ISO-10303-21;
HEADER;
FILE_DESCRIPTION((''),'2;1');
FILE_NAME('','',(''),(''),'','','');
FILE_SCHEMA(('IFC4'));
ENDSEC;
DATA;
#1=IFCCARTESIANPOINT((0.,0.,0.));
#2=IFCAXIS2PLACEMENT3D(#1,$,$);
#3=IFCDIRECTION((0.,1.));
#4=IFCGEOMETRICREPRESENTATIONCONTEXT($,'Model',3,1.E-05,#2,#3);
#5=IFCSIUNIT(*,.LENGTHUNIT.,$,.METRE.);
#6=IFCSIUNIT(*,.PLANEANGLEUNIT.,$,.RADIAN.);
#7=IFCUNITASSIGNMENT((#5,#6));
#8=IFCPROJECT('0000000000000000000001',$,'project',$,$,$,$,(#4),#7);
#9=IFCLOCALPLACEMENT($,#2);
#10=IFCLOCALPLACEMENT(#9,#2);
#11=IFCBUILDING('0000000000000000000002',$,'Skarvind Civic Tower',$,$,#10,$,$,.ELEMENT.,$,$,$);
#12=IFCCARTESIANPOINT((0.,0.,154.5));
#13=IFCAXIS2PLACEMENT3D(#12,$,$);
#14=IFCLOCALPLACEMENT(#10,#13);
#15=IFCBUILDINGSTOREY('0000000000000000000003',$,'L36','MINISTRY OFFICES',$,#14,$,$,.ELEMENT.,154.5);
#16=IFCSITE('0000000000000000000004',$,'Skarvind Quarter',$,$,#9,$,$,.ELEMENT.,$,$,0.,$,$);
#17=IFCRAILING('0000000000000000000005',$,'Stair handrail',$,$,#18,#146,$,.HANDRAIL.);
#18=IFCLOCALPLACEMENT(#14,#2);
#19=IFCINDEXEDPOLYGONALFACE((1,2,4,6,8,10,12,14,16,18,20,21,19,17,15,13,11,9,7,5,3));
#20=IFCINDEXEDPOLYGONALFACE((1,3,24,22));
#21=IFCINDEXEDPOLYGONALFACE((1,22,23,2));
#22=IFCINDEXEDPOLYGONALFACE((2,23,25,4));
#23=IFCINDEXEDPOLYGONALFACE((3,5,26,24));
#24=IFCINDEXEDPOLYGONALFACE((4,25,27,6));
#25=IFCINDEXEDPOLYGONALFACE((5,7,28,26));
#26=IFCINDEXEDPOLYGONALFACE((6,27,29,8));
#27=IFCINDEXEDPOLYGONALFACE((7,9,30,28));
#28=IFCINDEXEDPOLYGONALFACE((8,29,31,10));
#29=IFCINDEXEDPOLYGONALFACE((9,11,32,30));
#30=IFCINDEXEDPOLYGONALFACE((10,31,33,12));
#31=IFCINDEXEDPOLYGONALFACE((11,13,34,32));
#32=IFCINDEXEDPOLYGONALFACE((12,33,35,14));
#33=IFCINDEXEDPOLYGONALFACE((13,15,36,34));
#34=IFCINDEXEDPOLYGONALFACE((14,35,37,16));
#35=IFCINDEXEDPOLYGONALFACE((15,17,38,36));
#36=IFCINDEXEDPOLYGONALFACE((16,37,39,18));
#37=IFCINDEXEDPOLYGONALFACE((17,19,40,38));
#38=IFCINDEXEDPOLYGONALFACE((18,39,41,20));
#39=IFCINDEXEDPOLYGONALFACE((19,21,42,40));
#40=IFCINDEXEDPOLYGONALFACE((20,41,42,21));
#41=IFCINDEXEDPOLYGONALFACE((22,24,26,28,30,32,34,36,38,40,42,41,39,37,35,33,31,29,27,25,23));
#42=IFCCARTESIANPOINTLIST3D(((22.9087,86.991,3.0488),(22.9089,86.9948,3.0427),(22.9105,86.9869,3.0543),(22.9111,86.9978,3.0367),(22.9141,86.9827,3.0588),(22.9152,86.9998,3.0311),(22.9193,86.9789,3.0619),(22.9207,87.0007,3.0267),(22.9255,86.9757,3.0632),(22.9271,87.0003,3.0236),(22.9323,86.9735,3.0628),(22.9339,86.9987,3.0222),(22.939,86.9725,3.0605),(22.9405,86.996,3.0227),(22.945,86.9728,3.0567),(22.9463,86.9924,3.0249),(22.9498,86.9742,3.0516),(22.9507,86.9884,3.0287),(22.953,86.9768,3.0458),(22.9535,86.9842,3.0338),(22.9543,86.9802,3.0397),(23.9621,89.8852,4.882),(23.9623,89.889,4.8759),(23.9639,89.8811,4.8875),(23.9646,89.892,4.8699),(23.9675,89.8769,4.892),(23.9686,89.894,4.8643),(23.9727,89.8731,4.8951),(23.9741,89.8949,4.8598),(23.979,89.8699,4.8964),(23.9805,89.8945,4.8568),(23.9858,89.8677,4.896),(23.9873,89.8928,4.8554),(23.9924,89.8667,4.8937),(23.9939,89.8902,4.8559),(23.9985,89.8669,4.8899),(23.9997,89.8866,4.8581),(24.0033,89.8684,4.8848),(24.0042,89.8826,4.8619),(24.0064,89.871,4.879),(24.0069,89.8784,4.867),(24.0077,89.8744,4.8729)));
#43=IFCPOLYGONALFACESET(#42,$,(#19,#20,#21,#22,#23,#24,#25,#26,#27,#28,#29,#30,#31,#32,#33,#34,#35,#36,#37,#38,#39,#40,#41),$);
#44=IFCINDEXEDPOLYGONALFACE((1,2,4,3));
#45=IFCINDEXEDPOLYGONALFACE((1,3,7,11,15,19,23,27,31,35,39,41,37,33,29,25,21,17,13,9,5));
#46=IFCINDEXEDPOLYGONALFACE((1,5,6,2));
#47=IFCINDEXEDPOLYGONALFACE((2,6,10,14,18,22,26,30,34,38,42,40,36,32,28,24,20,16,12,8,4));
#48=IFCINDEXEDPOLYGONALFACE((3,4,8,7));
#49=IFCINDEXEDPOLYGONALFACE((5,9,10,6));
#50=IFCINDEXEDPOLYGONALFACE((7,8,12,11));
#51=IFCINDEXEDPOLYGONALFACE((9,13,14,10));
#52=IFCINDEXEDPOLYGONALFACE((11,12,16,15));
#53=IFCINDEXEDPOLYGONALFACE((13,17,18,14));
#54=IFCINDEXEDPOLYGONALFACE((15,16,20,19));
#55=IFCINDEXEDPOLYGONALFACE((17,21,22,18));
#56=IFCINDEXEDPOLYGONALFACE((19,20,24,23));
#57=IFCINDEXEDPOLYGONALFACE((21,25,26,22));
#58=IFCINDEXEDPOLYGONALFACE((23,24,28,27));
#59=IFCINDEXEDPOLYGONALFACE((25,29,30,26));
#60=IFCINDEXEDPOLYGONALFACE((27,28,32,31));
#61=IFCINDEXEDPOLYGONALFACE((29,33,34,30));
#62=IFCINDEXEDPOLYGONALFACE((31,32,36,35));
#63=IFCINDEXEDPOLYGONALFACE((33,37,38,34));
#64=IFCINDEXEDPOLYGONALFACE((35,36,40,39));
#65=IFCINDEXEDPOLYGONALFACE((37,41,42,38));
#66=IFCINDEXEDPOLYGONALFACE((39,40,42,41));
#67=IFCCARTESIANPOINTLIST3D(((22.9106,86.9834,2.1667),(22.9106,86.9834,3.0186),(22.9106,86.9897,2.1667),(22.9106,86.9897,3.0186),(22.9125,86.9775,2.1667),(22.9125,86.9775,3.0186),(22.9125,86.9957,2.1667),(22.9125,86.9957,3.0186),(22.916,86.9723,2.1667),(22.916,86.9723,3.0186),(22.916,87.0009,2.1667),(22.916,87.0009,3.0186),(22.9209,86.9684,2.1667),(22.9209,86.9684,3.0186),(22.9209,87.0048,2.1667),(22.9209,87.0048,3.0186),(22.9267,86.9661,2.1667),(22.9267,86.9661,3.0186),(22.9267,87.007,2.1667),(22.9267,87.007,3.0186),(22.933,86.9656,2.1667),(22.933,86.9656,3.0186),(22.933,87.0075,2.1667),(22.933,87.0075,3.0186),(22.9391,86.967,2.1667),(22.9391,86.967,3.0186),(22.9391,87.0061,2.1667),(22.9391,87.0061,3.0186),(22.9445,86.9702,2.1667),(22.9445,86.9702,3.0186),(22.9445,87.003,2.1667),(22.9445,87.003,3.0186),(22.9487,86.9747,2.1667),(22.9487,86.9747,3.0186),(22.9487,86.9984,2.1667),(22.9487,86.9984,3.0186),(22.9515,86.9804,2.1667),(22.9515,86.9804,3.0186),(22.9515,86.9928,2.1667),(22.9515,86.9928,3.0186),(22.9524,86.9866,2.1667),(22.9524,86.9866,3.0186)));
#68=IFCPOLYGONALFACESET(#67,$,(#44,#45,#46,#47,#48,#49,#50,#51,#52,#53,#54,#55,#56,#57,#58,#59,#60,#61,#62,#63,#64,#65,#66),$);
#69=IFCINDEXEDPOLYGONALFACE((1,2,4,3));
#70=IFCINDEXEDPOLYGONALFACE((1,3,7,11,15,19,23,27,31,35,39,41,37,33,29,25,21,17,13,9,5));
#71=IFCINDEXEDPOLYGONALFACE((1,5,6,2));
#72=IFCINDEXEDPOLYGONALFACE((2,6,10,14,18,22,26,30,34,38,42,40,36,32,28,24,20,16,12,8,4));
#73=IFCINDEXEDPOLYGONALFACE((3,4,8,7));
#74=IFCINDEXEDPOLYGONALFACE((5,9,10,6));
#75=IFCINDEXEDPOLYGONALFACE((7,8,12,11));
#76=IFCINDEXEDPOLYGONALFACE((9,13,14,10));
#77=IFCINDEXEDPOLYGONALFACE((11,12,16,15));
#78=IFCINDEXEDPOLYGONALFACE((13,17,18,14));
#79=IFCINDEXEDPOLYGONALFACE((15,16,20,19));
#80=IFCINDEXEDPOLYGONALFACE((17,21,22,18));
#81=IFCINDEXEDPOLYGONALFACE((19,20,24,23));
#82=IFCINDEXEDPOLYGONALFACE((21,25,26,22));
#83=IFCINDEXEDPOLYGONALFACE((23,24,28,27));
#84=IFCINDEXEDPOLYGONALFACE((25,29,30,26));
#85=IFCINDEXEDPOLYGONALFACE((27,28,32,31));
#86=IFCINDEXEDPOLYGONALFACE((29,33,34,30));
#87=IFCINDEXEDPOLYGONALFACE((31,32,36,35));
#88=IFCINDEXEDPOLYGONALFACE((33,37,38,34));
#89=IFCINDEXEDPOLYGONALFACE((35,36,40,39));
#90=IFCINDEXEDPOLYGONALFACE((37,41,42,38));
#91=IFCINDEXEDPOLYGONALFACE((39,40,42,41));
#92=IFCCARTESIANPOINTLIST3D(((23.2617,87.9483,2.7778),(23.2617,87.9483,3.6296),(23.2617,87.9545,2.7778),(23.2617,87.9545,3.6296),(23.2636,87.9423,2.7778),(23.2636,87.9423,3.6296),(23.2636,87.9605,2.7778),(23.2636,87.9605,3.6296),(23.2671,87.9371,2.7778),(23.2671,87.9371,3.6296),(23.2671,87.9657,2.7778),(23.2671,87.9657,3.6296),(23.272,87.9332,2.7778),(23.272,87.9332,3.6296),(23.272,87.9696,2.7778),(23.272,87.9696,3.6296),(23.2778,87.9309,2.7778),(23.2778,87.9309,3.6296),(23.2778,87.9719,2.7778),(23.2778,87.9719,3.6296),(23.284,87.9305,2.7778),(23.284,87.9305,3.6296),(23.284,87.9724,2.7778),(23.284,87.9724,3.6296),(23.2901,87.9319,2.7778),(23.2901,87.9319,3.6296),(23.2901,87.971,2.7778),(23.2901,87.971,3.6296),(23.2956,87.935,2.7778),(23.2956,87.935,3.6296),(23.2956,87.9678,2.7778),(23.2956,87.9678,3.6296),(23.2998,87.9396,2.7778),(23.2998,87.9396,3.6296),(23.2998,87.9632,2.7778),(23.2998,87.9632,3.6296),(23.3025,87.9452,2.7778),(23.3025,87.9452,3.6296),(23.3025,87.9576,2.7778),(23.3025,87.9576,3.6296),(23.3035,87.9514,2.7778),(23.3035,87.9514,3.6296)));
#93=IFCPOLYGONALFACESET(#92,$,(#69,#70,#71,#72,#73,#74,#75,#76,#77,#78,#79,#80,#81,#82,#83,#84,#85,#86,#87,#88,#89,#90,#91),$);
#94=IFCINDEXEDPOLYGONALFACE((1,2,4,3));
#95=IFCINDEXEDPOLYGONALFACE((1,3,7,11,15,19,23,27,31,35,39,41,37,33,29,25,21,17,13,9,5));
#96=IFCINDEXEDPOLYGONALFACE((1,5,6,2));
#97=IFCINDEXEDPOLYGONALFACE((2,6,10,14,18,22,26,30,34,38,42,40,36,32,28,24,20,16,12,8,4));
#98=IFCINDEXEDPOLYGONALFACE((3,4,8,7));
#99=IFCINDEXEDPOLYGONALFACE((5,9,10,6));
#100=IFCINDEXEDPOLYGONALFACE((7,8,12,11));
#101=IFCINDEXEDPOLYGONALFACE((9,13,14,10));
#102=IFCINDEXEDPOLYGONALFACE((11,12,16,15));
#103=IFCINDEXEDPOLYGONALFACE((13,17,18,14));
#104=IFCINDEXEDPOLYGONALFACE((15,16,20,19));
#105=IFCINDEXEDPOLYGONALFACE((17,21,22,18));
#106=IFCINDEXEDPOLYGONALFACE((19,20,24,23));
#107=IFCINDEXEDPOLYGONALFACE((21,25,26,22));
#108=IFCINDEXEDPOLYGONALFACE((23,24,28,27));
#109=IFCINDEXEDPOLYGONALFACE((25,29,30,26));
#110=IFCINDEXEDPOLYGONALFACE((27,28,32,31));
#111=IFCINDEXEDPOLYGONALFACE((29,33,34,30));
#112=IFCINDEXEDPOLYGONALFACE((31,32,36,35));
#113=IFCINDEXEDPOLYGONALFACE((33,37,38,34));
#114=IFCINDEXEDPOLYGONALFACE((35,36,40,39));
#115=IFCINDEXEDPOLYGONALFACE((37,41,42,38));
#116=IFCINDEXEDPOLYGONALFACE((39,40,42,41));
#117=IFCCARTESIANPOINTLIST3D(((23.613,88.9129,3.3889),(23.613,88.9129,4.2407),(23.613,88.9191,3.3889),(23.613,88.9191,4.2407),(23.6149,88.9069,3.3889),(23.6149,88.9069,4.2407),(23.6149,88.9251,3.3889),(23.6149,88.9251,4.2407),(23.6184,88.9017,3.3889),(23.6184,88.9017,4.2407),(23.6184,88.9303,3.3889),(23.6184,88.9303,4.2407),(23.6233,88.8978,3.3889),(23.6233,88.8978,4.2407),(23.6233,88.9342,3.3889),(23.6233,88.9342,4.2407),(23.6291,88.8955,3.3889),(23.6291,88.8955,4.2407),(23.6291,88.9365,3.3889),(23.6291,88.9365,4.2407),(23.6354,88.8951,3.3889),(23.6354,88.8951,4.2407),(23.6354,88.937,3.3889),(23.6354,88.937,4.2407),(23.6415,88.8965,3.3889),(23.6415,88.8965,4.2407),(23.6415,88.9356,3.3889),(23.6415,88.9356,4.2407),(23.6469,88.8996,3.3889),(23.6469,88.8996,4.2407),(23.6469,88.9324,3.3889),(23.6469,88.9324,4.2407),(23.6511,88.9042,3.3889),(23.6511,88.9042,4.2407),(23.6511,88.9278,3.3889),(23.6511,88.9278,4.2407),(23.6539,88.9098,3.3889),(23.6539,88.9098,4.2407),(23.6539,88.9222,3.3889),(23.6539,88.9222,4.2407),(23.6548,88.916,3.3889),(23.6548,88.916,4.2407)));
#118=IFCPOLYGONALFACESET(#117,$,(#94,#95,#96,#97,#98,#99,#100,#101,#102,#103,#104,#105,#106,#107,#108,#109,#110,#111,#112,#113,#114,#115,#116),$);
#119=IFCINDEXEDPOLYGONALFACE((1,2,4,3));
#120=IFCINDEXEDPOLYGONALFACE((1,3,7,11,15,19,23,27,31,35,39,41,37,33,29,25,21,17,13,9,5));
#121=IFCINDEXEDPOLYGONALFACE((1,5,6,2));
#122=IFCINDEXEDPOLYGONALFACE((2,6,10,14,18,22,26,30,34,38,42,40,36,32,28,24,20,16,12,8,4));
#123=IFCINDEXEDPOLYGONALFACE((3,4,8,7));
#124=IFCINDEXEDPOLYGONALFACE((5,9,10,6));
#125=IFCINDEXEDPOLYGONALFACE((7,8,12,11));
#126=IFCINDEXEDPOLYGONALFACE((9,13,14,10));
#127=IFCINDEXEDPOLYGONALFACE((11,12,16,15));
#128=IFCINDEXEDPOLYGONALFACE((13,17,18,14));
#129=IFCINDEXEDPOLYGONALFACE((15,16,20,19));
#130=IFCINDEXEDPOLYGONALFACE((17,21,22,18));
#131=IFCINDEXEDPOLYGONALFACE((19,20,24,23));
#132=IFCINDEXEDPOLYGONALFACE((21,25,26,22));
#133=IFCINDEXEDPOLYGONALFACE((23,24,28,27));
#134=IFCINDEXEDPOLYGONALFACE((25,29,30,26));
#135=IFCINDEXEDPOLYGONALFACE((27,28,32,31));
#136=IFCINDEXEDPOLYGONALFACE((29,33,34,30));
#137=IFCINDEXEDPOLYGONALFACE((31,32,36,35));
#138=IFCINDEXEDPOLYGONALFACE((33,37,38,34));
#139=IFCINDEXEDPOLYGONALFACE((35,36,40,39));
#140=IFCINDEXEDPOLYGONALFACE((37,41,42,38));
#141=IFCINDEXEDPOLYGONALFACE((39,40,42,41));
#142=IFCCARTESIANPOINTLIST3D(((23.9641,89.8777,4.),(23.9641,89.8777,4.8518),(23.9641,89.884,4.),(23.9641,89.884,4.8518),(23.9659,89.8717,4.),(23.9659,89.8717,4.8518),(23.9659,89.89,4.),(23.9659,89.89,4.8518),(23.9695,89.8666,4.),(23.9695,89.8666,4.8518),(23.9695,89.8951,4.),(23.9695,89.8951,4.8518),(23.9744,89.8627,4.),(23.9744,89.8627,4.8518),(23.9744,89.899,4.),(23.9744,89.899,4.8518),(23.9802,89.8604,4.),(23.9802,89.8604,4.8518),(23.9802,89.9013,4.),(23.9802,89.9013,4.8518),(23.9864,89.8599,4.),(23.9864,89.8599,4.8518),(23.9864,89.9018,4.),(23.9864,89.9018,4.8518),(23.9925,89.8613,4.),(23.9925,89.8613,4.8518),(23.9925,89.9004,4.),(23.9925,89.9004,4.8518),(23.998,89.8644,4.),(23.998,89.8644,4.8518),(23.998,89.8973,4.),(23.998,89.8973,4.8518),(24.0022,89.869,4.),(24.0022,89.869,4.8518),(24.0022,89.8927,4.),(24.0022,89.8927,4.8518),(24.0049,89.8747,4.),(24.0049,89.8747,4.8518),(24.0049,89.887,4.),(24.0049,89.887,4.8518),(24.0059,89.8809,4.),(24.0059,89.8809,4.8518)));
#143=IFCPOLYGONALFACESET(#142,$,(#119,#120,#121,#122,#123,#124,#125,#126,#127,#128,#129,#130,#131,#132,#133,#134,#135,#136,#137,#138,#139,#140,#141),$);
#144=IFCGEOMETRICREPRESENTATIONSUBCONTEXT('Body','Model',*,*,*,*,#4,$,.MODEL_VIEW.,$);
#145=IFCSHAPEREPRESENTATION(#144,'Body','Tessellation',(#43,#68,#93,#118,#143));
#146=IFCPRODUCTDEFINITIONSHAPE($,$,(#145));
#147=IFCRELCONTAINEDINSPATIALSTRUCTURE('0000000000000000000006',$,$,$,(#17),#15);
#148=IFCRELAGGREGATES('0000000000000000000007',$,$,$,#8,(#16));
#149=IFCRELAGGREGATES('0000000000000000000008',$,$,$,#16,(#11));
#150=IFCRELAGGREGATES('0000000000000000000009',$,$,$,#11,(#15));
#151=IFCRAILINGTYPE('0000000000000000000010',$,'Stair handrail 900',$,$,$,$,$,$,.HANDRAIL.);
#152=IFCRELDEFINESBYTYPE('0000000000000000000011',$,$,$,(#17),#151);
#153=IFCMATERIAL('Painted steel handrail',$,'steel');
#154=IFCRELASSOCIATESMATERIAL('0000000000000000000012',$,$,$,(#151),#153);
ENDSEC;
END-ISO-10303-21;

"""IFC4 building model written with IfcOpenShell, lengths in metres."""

from ifc_helpers import new_model, si_unit, direction, frame, origin, origin_2d, place, context, subcontext, project, spatial, circle, extrude, material, type_object, element, save


model = new_model("IFC4")

# Units and contexts
model_context = context("Model", 3, precision=1e-05, world=origin(), true_north=direction((0.0, 1.0)))
body_context = subcontext(model_context, "Body", "Model", "MODEL_VIEW")
ifc_project = project(units=[si_unit("LENGTHUNIT", "METRE"), si_unit("PLANEANGLEUNIT", "RADIAN")], contexts=[model_context])

# Site, building, storey
site_placement = place(None, origin())
site = spatial("IfcSite", under=ifc_project, at=site_placement, Name="Skarvind Quarter", CompositionType="ELEMENT", RefElevation=0.0)
building_placement = place(site_placement, origin())
building = spatial("IfcBuilding", under=site, at=building_placement, Name="Skarvind Civic Tower", CompositionType="ELEMENT")
storey_placement = place(building_placement, frame((0.0, 0.0, 154.5)))
storey = spatial("IfcBuildingStorey", under=building, at=storey_placement, Name="L36", Description="MINISTRY OFFICES", CompositionType="ELEMENT", Elevation=154.5)

# Railing
ifc_material_1 = material(Name="Painted steel handrail", Category="steel")
railing_type = type_object("IfcRailingType", Name="Stair handrail 900", PredefinedType="HANDRAIL", material=ifc_material_1)
railing_1_placement = place(storey_placement, frame((22.9314, 86.9866, 2.1667)))
element("IfcRailing", 1, at=railing_1_placement, inside=storey, type_object=railing_type, Name="Stair handrail", PredefinedType="HANDRAIL", context=body_context, shape_type="SweptSolid", body=[
    extrude(circle(Radius=0.0239, at=origin_2d()), frame((0.0, 0.0, 0.876), z_axis=(0.293908, 0.807481, 0.511461), x_axis=(-0.939689, 0.342029, 0.0)), (0.0, 0.0, 1.0), 3.5842),
    extrude(circle(Radius=0.021, at=origin_2d()), origin(), (0.0, 0.0, 1.0), 0.8518),
    extrude(circle(Radius=0.021, at=origin_2d()), frame((0.3511, 0.9648, 0.6111)), (0.0, 0.0, 1.0), 0.8518),
    extrude(circle(Radius=0.021, at=origin_2d()), frame((0.7024, 1.9294, 1.2222)), (0.0, 0.0, 1.0), 0.8518),
    extrude(circle(Radius=0.021, at=origin_2d()), frame((1.0535, 2.8943, 1.8333)), (0.0, 0.0, 1.0), 0.8518),
])

save(model, "model.ifc")
